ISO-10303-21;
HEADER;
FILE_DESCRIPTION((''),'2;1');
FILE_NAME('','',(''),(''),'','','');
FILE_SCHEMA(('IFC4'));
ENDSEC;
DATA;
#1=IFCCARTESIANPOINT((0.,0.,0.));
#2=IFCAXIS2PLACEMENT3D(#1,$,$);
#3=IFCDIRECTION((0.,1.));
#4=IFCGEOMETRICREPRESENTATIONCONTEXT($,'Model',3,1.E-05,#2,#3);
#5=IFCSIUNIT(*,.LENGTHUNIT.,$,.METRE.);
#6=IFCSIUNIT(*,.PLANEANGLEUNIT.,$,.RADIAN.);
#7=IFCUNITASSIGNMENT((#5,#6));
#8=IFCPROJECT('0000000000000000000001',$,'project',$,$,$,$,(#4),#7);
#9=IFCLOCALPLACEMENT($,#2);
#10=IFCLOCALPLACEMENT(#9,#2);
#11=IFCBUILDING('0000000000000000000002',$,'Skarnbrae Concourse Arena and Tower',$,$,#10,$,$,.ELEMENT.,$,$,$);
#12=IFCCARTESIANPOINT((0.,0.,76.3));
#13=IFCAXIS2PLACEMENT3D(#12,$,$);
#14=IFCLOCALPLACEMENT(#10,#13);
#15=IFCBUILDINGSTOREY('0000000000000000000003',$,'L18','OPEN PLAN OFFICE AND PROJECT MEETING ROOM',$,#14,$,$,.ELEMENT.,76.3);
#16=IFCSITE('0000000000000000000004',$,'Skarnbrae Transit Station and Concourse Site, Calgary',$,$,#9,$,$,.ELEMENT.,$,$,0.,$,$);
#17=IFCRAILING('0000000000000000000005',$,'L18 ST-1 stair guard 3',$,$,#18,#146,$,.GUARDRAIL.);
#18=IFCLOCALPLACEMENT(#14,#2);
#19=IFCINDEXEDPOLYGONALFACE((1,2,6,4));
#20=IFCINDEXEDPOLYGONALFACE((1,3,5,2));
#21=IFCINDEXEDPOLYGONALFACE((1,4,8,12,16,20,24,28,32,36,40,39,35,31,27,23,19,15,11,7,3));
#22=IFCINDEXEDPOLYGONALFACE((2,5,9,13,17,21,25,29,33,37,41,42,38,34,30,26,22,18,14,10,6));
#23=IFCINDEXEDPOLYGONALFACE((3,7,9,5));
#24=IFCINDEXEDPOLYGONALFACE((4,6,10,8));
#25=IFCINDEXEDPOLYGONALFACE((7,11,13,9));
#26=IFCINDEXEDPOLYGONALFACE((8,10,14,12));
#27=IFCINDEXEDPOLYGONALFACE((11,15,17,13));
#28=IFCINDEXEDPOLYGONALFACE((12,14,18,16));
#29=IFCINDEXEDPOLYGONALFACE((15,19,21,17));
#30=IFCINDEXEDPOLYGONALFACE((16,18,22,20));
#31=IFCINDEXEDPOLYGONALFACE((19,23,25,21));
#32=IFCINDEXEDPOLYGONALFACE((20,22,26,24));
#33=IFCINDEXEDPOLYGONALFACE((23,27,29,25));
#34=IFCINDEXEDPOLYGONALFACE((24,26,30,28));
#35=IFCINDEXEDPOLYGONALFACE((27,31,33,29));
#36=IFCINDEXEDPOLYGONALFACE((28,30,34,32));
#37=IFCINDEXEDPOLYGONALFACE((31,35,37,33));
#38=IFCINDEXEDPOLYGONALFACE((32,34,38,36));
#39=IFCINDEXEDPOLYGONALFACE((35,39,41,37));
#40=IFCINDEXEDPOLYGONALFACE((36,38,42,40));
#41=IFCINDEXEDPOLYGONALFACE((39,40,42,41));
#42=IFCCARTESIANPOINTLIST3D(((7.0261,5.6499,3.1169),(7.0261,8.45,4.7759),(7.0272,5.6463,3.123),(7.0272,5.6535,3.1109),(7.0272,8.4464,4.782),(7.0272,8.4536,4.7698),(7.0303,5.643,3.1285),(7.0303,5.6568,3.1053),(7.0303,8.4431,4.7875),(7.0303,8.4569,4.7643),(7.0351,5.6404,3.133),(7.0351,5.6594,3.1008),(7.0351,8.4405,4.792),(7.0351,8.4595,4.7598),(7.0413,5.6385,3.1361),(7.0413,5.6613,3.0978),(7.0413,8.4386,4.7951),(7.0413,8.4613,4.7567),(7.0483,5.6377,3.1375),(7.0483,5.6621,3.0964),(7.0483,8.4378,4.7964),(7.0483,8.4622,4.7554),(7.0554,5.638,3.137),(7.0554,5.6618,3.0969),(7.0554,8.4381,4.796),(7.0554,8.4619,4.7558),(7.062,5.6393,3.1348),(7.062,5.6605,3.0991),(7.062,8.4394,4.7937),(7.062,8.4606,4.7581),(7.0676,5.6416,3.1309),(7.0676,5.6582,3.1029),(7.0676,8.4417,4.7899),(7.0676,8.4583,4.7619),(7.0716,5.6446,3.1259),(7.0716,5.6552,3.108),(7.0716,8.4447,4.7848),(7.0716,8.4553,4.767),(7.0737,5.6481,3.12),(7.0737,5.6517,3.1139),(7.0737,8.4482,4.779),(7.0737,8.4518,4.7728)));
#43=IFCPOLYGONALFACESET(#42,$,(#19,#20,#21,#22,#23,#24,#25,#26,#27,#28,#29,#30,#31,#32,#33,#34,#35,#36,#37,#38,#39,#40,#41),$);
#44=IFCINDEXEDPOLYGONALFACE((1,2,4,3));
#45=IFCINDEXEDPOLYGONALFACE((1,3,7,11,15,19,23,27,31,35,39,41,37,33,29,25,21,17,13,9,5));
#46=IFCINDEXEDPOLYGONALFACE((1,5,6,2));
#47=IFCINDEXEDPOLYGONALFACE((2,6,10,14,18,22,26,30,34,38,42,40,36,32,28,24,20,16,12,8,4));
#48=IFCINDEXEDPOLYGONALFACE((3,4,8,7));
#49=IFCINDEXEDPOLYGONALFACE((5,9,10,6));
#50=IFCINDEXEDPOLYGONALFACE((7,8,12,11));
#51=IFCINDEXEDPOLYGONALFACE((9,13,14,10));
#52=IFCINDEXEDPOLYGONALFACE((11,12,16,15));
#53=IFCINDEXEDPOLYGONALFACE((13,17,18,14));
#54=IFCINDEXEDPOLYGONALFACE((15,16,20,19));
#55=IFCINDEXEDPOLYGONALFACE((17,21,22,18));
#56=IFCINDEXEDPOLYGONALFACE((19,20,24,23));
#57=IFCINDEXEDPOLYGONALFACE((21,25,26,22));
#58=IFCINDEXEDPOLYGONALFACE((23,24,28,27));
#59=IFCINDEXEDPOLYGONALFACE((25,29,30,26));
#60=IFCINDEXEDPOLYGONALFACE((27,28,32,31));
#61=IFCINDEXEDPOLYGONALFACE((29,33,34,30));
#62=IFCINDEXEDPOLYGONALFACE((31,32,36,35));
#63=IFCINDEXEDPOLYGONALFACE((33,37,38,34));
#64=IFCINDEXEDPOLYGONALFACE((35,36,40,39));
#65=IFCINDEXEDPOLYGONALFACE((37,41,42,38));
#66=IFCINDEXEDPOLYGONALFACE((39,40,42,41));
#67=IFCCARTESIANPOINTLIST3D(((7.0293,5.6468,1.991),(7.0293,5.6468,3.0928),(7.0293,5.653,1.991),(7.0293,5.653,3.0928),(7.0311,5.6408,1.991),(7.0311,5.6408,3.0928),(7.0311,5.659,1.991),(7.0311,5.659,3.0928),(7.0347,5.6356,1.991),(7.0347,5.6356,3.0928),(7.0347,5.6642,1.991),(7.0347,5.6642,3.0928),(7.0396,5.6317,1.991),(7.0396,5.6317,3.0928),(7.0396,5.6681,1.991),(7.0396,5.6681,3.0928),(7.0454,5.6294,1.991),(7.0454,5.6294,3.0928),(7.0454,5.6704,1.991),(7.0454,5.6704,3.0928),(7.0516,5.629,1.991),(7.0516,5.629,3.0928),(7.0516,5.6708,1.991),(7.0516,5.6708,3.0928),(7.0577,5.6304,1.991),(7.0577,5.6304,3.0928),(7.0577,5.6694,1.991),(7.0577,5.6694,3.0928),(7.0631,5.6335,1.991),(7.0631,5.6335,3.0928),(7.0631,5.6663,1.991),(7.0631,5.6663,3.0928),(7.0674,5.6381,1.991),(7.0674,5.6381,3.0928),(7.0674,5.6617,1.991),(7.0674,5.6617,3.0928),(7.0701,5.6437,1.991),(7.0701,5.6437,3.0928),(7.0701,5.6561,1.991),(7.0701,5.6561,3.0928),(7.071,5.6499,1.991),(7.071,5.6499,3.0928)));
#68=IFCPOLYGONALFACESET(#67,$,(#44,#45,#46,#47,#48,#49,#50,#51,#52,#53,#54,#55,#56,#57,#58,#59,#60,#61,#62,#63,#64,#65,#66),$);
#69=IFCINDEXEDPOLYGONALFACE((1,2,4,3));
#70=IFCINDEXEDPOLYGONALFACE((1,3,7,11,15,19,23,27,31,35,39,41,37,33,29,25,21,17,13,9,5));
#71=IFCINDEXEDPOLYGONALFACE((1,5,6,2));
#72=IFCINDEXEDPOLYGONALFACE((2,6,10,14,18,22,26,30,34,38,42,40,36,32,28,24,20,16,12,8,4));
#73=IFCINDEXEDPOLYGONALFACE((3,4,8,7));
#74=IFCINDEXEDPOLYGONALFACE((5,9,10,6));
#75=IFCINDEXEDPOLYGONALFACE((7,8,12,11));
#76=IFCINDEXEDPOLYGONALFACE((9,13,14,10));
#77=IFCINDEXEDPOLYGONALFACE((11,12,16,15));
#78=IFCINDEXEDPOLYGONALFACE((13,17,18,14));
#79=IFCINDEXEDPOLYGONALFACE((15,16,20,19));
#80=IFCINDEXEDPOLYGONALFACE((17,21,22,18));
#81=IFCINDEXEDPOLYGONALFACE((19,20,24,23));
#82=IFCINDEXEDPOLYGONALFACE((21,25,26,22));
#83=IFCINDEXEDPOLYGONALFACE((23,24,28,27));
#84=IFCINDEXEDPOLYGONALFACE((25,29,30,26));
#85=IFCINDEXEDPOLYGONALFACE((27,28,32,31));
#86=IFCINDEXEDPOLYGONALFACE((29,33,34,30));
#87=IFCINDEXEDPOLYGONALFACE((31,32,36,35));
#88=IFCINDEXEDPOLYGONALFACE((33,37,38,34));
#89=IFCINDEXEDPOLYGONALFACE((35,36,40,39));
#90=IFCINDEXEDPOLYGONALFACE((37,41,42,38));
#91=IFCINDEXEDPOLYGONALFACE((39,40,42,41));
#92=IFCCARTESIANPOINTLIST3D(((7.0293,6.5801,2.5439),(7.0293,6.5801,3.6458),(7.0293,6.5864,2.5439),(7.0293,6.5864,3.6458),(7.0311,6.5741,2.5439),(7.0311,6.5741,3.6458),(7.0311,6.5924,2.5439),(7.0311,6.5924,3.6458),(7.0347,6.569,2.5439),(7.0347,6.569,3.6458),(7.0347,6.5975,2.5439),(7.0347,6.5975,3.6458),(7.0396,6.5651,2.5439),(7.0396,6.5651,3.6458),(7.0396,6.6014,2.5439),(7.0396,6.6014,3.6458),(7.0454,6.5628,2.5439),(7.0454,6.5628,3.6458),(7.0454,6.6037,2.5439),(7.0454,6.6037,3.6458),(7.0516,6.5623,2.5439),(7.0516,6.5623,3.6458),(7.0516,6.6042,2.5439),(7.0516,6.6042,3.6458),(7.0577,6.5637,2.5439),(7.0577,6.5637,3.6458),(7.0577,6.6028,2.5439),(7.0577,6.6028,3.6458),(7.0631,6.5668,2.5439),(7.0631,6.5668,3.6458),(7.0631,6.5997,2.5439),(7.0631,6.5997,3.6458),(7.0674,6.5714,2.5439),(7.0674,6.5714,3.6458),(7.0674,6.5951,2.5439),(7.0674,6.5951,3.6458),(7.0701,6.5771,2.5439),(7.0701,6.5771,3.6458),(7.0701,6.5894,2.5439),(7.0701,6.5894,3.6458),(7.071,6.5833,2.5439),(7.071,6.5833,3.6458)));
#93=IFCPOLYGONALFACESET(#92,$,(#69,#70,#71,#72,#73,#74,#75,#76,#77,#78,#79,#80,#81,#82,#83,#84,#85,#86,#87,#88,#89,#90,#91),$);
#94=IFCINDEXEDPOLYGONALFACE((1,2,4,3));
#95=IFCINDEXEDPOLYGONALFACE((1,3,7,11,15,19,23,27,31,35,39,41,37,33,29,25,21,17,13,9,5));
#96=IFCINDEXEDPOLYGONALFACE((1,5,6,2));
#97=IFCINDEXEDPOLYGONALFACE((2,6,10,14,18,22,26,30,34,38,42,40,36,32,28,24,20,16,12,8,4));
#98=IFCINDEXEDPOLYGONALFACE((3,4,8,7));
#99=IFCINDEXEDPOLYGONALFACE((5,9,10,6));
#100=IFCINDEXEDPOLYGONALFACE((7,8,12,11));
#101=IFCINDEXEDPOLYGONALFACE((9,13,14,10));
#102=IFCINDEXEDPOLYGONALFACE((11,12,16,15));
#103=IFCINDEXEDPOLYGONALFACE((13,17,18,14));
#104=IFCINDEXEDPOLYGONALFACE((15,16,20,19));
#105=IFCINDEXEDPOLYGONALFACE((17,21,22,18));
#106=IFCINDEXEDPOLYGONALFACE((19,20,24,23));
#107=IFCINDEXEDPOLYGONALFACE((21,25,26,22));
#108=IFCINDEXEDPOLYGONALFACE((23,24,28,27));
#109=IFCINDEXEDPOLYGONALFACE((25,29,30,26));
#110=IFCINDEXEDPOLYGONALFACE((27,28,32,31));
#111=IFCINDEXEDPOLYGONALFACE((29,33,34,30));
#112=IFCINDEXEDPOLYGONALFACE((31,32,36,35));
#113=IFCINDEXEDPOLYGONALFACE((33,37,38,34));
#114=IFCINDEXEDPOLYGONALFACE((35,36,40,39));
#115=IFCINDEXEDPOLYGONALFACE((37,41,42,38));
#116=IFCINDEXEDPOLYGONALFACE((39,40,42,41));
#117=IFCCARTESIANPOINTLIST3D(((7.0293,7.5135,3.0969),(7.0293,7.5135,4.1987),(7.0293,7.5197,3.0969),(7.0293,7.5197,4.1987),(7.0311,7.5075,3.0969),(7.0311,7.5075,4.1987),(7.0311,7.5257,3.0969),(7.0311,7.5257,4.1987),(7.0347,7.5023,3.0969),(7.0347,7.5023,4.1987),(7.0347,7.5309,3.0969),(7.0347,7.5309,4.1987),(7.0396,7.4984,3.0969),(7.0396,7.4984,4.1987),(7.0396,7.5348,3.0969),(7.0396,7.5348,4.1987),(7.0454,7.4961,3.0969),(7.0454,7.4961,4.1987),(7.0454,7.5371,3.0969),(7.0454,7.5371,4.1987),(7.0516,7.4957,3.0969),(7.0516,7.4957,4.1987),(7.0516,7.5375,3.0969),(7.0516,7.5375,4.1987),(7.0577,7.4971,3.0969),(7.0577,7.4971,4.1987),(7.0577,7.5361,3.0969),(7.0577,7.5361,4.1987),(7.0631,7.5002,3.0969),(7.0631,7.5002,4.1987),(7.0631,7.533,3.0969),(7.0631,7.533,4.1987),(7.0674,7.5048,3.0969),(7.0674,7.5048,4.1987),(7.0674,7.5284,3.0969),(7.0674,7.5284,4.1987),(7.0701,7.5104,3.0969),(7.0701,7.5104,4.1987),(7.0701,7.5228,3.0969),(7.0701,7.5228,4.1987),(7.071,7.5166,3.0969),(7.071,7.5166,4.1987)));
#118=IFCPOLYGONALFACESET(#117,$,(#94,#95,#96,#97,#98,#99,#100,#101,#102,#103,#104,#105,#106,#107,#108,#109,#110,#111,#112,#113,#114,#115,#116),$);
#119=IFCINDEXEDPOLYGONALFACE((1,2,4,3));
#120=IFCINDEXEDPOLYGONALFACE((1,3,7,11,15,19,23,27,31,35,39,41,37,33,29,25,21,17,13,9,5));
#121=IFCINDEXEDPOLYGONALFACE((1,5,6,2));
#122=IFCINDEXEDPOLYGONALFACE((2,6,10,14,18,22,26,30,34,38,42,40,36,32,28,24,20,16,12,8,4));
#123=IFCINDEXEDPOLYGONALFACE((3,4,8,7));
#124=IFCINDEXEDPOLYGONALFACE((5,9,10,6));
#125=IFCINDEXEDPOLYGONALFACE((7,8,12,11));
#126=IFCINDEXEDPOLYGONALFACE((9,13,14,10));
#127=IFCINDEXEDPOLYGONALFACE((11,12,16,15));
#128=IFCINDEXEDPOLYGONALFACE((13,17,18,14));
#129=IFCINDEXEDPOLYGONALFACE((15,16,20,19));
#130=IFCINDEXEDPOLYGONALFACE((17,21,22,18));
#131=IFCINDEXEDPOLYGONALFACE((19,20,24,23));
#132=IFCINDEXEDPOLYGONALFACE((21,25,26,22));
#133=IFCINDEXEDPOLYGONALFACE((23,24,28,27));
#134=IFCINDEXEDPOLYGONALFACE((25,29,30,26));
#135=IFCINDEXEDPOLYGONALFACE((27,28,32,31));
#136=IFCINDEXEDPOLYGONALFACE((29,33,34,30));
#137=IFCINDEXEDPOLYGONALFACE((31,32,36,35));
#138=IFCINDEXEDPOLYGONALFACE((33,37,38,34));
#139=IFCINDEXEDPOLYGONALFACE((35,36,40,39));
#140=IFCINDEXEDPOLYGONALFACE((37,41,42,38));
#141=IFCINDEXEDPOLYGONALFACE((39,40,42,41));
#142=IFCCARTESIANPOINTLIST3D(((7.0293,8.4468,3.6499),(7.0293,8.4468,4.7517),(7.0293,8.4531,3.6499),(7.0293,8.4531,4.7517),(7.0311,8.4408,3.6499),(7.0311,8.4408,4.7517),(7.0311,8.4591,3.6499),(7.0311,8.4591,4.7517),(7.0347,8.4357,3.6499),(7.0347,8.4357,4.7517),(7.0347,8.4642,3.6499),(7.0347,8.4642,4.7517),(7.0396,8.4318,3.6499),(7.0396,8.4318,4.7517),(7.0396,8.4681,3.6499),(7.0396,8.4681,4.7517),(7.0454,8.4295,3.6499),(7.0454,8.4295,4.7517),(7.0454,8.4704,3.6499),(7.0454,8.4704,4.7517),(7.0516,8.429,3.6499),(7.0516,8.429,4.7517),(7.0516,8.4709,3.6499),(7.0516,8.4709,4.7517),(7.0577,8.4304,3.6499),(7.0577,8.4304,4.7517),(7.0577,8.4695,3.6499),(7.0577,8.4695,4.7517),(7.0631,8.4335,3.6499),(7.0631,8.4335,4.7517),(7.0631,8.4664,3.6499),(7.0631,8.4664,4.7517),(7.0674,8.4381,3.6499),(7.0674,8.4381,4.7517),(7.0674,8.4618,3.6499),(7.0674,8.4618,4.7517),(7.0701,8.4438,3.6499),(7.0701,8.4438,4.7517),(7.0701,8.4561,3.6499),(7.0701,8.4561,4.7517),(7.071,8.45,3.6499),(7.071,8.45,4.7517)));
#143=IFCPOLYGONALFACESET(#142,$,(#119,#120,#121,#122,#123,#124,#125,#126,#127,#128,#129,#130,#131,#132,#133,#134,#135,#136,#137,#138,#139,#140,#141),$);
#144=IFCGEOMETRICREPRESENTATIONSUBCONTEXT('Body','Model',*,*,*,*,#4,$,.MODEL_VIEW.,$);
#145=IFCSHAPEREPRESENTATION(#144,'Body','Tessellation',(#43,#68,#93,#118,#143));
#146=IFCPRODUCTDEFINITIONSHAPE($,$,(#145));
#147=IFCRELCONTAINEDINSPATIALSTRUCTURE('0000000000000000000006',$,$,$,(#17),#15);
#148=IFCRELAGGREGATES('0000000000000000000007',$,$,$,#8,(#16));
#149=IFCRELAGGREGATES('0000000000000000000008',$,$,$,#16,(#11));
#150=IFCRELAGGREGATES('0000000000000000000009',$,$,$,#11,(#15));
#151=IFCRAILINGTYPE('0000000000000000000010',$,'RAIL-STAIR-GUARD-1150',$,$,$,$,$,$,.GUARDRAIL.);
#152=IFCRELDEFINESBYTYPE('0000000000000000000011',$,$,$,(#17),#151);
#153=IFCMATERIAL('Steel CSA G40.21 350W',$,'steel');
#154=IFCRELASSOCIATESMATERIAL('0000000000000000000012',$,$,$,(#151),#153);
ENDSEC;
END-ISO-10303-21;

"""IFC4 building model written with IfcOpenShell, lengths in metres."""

from ifc_helpers import new_model, si_unit, direction, frame, origin, origin_2d, place, context, subcontext, project, spatial, circle, extrude, material, type_object, element, save


model = new_model("IFC4")

# Units and contexts
model_context = context("Model", 3, precision=1e-05, world=origin(), true_north=direction((0.0, 1.0)))
body_context = subcontext(model_context, "Body", "Model", "MODEL_VIEW")
ifc_project = project(units=[si_unit("LENGTHUNIT", "METRE"), si_unit("PLANEANGLEUNIT", "RADIAN")], contexts=[model_context])

# Site, building, storey
site_placement = place(None, origin())
site = spatial("IfcSite", under=ifc_project, at=site_placement, Name="Skarnbrae Transit Station and Concourse Site, Calgary", CompositionType="ELEMENT", RefElevation=0.0)
building_placement = place(site_placement, origin())
building = spatial("IfcBuilding", under=site, at=building_placement, Name="Skarnbrae Concourse Arena and Tower", CompositionType="ELEMENT")
storey_placement = place(building_placement, frame((0.0, 0.0, 76.3)))
storey = spatial("IfcBuildingStorey", under=building, at=storey_placement, Name="L18", Description="OPEN PLAN OFFICE AND PROJECT MEETING ROOM", CompositionType="ELEMENT", Elevation=76.3)

# Shared definitions
ifc_material_1 = material(Name="Steel CSA G40.21 350W", Category="steel")

# Railing
railing_type_1 = type_object("IfcRailingType", Name="RAIL-STAIR-GUARD-1150", PredefinedType="GUARDRAIL", material=ifc_material_1)
railing_1_placement = place(storey_placement, frame((7.05, 5.6499, 1.991)))
element("IfcRailing", 1, at=railing_1_placement, inside=storey, type_object=railing_type_1, Name="L18 ST-1 stair guard 3", PredefinedType="GUARDRAIL", context=body_context, shape_type="SweptSolid", body=[
    extrude(circle(Radius=0.0239, at=origin_2d()), frame((0.0, 0.0, 1.126), z_axis=(0.0, 0.860339, 0.509722), x_axis=(-1.0, 0.0, 0.0)), (0.0, 0.0, 1.0), 3.2546),
    extrude(circle(Radius=0.021, at=origin_2d()), origin(), (0.0, 0.0, 1.0), 1.1018),
    extrude(circle(Radius=0.021, at=origin_2d()), frame((0.0, 0.9333, 0.553)), (0.0, 0.0, 1.0), 1.1018),
    extrude(circle(Radius=0.021, at=origin_2d()), frame((0.0, 1.8667, 1.106)), (0.0, 0.0, 1.0), 1.1018),
    extrude(circle(Radius=0.021, at=origin_2d()), frame((0.0, 2.8, 1.6589)), (0.0, 0.0, 1.0), 1.1018),
])

save(model, "model.ifc")
